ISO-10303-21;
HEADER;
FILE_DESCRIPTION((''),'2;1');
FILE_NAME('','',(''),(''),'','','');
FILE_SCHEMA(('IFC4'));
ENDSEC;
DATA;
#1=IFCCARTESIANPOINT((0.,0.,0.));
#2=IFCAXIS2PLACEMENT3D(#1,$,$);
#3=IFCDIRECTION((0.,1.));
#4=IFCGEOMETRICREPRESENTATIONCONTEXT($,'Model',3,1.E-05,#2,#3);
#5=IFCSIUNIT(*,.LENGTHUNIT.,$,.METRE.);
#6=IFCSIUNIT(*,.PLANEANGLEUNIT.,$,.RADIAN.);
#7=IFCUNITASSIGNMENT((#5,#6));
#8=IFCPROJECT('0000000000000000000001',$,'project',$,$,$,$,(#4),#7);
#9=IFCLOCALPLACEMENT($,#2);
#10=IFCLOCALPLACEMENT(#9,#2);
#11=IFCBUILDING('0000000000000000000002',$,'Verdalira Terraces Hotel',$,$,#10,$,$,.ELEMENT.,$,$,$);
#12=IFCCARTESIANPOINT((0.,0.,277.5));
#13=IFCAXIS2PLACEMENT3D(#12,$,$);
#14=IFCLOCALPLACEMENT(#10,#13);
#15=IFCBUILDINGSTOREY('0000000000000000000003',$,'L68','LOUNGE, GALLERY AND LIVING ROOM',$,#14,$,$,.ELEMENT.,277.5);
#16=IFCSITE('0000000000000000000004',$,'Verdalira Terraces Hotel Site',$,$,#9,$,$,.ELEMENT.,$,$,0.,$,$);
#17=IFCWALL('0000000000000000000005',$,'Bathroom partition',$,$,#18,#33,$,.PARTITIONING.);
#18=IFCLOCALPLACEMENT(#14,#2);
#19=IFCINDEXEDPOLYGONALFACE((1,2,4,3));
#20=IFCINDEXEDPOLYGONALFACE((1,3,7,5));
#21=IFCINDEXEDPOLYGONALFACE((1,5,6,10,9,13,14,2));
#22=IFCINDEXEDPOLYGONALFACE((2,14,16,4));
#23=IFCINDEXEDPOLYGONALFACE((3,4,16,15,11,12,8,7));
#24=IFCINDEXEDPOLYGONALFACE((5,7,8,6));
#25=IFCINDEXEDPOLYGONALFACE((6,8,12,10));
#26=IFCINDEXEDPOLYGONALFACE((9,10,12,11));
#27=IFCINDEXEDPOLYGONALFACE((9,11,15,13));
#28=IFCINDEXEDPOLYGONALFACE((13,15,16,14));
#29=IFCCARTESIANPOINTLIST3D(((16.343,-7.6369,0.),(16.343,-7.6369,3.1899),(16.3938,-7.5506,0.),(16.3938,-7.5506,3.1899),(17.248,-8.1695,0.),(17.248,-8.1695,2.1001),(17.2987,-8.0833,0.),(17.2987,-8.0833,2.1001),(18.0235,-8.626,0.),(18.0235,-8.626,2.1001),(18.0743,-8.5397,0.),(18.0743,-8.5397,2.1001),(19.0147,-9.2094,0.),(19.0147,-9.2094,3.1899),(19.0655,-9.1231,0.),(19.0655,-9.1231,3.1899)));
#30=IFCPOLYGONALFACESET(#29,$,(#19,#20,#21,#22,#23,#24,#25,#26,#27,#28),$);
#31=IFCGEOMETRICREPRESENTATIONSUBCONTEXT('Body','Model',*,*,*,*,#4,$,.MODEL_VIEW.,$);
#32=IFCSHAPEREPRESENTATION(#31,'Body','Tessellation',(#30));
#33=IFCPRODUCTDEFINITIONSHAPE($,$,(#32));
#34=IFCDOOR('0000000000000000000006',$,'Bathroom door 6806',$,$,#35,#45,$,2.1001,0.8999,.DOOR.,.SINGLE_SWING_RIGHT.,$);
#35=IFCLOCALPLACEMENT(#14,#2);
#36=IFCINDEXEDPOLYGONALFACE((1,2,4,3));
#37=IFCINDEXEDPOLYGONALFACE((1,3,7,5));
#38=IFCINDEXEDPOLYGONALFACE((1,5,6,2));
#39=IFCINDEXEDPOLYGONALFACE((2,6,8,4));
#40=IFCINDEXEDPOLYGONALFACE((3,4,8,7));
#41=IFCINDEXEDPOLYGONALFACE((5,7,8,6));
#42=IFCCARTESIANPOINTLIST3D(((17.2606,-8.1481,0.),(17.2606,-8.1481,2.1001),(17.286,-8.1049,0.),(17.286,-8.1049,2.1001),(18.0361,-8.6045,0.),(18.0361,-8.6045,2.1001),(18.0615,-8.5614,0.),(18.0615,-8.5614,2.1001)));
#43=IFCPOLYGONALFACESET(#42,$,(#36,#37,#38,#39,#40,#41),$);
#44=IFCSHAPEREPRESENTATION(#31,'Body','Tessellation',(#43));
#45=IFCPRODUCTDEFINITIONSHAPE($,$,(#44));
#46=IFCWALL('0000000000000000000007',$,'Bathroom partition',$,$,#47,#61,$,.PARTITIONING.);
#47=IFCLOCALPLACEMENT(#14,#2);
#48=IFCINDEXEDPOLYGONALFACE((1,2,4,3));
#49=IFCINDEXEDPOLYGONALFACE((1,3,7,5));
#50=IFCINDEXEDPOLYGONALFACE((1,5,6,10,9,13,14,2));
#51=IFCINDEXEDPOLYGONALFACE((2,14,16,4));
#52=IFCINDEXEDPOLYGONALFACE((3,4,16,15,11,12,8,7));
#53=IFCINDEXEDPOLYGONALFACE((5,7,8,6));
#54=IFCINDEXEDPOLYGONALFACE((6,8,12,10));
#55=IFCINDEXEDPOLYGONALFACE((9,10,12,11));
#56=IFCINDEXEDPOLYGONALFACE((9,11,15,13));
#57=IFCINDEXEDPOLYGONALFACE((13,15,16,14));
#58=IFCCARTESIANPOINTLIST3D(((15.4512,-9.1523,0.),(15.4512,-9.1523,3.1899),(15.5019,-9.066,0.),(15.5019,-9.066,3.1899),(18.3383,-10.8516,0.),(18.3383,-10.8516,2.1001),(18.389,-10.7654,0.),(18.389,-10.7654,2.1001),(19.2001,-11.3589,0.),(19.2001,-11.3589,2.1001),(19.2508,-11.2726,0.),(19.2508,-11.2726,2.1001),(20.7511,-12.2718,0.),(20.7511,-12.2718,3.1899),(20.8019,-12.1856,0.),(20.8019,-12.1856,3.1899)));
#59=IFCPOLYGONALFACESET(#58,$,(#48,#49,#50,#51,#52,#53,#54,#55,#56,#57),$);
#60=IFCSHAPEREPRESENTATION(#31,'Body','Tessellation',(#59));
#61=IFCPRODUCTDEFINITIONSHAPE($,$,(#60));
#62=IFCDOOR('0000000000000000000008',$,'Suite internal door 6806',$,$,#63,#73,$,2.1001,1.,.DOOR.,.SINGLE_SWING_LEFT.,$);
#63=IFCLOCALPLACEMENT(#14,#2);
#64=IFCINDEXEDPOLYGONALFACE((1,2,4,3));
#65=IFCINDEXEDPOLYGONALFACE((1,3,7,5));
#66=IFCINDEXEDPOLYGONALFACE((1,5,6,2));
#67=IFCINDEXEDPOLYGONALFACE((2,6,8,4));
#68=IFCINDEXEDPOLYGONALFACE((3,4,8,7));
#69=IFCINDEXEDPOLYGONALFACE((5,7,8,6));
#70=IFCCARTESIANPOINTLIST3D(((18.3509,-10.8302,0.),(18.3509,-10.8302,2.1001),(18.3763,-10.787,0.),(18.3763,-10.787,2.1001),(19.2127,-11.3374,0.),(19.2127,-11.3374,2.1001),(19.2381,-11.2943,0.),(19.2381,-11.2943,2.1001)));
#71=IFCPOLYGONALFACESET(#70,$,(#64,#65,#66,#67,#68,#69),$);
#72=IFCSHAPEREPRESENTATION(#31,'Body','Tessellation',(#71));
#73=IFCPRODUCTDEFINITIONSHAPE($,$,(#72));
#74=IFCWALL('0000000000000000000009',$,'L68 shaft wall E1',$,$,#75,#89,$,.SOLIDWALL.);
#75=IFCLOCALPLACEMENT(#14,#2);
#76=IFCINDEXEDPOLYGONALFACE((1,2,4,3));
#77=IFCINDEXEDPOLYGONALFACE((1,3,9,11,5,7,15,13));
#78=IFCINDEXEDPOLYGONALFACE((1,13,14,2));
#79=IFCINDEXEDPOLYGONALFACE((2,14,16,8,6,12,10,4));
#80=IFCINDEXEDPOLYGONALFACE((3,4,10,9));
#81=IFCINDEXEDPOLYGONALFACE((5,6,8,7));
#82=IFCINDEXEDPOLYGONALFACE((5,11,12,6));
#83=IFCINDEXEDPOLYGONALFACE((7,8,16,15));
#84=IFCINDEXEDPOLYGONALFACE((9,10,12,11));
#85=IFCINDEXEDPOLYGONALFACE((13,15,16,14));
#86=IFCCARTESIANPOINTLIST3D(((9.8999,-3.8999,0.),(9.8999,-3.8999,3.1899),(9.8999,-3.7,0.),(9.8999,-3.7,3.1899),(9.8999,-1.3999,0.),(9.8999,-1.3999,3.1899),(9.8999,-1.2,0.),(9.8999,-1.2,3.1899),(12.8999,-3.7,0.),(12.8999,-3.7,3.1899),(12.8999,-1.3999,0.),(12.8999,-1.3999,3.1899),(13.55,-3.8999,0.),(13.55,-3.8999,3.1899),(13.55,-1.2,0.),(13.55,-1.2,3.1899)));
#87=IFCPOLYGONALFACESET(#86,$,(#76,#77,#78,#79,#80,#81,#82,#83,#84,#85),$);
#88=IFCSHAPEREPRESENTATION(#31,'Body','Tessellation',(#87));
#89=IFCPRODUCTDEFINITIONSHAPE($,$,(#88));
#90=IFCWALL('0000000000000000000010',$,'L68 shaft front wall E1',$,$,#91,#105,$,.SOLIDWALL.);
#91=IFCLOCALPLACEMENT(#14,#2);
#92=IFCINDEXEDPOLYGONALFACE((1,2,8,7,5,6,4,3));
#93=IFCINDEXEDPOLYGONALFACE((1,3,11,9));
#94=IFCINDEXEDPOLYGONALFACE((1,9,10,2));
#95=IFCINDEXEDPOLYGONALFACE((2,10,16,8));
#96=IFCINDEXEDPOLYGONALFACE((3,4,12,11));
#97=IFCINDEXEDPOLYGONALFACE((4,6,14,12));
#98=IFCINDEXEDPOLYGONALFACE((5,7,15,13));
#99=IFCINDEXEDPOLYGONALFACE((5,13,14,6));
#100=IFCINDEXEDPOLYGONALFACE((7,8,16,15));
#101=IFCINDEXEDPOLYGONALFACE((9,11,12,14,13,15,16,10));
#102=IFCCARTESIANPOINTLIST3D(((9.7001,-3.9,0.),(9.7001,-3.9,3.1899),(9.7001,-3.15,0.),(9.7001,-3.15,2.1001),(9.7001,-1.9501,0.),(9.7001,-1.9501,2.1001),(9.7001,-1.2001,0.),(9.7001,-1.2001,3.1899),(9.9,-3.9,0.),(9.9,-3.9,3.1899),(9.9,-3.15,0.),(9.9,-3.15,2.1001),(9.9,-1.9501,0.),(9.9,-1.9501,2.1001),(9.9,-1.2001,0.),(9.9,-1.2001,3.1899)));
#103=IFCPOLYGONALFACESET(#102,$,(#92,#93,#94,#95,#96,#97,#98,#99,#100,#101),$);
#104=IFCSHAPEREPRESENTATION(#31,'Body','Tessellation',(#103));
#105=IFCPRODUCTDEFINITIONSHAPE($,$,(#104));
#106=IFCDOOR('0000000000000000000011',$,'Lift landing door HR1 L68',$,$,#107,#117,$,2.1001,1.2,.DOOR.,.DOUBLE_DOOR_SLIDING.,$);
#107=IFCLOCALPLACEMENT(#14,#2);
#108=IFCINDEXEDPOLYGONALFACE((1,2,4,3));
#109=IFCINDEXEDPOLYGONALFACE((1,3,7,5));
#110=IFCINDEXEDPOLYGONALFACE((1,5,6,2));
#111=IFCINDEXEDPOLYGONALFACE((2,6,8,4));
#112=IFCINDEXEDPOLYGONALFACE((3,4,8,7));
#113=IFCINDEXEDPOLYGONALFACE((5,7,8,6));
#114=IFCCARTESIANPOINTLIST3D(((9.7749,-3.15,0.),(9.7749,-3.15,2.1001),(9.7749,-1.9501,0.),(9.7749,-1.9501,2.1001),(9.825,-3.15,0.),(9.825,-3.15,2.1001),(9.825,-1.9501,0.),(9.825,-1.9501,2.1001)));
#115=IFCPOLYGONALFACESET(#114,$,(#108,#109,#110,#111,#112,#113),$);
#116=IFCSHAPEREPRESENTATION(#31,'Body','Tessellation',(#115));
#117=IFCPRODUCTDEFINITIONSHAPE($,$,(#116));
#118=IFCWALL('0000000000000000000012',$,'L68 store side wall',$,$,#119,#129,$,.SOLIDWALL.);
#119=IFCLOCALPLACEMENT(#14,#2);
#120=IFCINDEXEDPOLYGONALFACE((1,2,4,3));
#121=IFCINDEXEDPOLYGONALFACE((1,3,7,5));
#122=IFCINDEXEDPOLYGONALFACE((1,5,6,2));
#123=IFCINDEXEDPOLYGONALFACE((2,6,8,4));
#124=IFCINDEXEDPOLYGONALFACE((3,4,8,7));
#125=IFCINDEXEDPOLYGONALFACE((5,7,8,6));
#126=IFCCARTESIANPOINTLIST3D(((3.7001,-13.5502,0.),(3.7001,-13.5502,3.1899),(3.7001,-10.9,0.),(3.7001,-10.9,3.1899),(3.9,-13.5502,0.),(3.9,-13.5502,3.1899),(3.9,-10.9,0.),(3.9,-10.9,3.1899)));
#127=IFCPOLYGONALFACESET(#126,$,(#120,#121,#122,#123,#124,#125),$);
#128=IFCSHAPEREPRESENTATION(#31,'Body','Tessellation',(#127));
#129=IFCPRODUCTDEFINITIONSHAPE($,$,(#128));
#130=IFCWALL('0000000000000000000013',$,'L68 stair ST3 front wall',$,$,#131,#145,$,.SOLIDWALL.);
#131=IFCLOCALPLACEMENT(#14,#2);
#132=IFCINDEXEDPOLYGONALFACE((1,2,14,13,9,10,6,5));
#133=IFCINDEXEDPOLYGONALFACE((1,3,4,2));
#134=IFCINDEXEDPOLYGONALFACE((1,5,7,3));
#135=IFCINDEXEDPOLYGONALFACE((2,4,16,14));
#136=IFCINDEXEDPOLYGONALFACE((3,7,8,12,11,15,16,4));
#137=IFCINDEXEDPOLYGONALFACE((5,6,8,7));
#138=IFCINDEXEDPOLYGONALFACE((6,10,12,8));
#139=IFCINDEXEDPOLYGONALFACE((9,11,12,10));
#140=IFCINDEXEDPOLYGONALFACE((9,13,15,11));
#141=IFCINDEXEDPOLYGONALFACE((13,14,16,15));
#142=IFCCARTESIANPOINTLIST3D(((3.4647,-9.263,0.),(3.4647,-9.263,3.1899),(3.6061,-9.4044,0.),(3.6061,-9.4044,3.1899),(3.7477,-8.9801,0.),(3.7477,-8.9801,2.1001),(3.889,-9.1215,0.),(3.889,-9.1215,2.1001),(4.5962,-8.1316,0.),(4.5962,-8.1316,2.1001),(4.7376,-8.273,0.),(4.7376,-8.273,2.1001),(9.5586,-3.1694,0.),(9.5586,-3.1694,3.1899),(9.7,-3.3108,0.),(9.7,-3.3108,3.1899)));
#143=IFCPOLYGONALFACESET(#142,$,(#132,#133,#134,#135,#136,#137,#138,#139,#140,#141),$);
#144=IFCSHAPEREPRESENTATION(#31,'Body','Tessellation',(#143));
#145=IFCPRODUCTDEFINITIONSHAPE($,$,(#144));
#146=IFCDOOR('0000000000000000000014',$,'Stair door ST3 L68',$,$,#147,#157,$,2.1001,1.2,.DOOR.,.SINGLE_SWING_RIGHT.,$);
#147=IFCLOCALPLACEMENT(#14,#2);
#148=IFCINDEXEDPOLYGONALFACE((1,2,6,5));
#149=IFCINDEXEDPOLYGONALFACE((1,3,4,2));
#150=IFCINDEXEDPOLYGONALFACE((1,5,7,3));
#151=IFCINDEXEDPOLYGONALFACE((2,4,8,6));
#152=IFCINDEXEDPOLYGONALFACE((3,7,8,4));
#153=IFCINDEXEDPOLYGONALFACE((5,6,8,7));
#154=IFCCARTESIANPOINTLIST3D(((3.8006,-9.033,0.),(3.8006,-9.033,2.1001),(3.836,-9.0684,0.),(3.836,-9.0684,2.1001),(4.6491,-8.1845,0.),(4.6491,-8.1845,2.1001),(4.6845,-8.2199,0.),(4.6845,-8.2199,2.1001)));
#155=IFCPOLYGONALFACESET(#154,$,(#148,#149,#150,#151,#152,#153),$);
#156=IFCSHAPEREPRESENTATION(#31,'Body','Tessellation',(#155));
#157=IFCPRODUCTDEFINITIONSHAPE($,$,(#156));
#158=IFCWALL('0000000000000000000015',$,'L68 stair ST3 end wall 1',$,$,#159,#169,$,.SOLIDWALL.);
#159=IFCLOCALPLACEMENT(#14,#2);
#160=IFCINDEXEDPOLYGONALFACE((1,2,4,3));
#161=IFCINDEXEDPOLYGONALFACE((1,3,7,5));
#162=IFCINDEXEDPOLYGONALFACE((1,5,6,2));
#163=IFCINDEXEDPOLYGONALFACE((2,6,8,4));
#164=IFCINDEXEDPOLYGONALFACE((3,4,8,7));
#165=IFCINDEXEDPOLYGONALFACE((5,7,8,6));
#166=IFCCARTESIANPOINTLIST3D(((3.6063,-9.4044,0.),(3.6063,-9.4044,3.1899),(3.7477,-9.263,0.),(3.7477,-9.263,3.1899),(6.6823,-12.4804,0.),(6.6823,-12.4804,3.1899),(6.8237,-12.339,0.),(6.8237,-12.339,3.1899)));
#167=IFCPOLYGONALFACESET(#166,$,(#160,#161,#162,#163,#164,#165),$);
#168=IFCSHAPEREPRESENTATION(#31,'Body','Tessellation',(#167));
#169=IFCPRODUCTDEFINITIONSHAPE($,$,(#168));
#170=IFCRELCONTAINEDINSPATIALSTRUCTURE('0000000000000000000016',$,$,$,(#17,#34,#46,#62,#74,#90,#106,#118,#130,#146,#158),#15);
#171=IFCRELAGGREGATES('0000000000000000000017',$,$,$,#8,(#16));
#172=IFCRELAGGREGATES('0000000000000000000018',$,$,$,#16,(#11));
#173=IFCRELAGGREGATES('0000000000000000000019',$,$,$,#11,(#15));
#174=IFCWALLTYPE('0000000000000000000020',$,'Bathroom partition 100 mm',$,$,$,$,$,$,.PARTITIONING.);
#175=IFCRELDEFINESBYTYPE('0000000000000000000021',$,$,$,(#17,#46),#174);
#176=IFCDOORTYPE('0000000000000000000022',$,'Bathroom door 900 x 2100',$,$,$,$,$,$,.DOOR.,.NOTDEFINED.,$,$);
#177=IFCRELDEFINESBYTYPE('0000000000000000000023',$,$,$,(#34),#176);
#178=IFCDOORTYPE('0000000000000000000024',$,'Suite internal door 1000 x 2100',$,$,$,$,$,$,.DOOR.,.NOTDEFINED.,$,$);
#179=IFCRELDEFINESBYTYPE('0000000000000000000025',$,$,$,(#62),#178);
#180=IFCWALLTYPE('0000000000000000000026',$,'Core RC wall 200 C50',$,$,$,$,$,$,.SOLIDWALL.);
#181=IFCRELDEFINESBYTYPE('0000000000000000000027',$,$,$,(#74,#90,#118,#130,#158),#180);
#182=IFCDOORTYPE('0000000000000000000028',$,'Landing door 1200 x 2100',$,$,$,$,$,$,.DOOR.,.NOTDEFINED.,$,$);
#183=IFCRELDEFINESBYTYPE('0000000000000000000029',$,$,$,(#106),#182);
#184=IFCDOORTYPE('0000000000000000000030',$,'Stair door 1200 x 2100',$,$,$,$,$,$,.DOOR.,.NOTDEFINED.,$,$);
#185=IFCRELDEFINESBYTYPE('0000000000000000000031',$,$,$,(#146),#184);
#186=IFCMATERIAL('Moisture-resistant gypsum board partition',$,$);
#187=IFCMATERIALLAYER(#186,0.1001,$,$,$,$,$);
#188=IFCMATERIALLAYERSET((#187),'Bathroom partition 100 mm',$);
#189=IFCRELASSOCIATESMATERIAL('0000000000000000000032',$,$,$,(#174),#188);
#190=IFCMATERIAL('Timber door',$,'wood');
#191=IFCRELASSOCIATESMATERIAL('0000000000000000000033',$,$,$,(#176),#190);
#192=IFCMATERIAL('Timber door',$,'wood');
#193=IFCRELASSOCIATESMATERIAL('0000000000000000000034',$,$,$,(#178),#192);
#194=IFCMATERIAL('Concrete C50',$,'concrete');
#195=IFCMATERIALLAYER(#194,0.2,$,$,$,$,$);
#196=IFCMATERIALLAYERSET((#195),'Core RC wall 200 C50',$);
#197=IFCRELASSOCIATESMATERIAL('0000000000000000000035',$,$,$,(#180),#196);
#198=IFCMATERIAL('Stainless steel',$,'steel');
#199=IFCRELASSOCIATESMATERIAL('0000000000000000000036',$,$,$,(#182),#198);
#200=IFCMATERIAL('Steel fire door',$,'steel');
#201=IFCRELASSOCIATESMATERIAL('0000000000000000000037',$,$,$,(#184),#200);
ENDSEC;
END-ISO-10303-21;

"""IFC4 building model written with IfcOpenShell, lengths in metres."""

from ifc_helpers import new_model, si_unit, direction, frame, frame_2d, origin, place, context, subcontext, project, spatial, polyline, rectangle, outline, extrude, material, layer, layer_set, type_object, element, fill, save


model = new_model("IFC4")

# Units and contexts
model_context = context("Model", 3, precision=1e-05, world=origin(), true_north=direction((0.0, 1.0)))
body_context = subcontext(model_context, "Body", "Model", "MODEL_VIEW")
ifc_project = project(units=[si_unit("LENGTHUNIT", "METRE"), si_unit("PLANEANGLEUNIT", "RADIAN")], contexts=[model_context])

# Site, building, storey
site_placement = place(None, origin())
site = spatial("IfcSite", under=ifc_project, at=site_placement, Name="Verdalira Terraces Hotel Site", CompositionType="ELEMENT", RefElevation=0.0)
building_placement = place(site_placement, origin())
building = spatial("IfcBuilding", under=site, at=building_placement, Name="Verdalira Terraces Hotel", CompositionType="ELEMENT")
storey_placement = place(building_placement, frame((0.0, 0.0, 277.5)))
storey = spatial("IfcBuildingStorey", under=building, at=storey_placement, Name="L68", Description="LOUNGE, GALLERY AND LIVING ROOM", CompositionType="ELEMENT", Elevation=277.5)

# Walls, openings, doors
ifc_material_1 = material(Name="Moisture-resistant gypsum board partition")
ifc_layer_1 = layer(ifc_material_1, 0.1001)
ifc_layer_set_1 = layer_set([ifc_layer_1], Name="Bathroom partition 100 mm")
wall_type_1 = type_object("IfcWallType", Name="Bathroom partition 100 mm", PredefinedType="PARTITIONING", material=ifc_layer_set_1)
wall_1_placement = place(storey_placement, frame((16.3684, -7.5938, 0.0), z_axis=(0.0, 0.0, 1.0), x_axis=(0.861799, -0.507251, 0.0)))
wall_1 = element("IfcWall", 1, at=wall_1_placement, inside=storey, type_object=wall_type_1, Name="Bathroom partition", PredefinedType="PARTITIONING", context=body_context, shape_type="SweptSolid", body=[
    extrude(rectangle(XDim=3.1001, YDim=0.1001, at=frame_2d((1.55, 0.0))), origin(), (0.0, 0.0, 1.0), 3.1899),
])
opening_1_placement = place(wall_1_placement, frame((1.05, 0.0, 0.0)))
opening_1 = element("IfcOpeningElement", 2, at=opening_1_placement, cuts=wall_1, PredefinedType="OPENING", context=body_context, shape_type="SweptSolid", body=[
    extrude(rectangle(XDim=0.8999, YDim=2.1001, at=frame_2d((0.45, 1.05))), frame((0.0, 0.0601, 0.0), z_axis=(0.0, -1.0, 0.0), x_axis=(1.0, 0.0, 0.0)), (0.0, 0.0, 1.0), 0.1201),
])
ifc_material_2 = material(Name="Timber door", Category="wood")
door_type_1 = type_object("IfcDoorType", Name="Bathroom door 900 x 2100", OperationType="NOTDEFINED", PredefinedType="DOOR", material=ifc_material_2)
door_1_placement = place(opening_1_placement, origin())
door_1 = element("IfcDoor", 3, at=door_1_placement, inside=storey, type_object=door_type_1, Name="Bathroom door 6806", OperationType="SINGLE_SWING_RIGHT", OverallHeight=2.1001, OverallWidth=0.8999, PredefinedType="DOOR", context=body_context, shape_type="SweptSolid", body=[
    extrude(rectangle(XDim=0.8999, YDim=2.1001, at=frame_2d((0.45, 1.05))), frame((0.0, 0.0249, 0.0), z_axis=(0.0, -1.0, 0.0), x_axis=(1.0, 0.0, 0.0)), (0.0, 0.0, 1.0), 0.05),
])
fill(opening_1, door_1)
wall_2_placement = place(storey_placement, frame((15.4766, -9.1091, 0.0), z_axis=(0.0, 0.0, 1.0), x_axis=(0.861795, -0.507256, 0.0)))
wall_2 = element("IfcWall", 4, at=wall_2_placement, inside=storey, type_object=wall_type_1, Name="Bathroom partition", PredefinedType="PARTITIONING", context=body_context, shape_type="SweptSolid", body=[
    extrude(rectangle(XDim=6.1499, YDim=0.1001, at=frame_2d((3.075, 0.0))), origin(), (0.0, 0.0, 1.0), 3.1899),
])
opening_2_placement = place(wall_2_placement, frame((3.3501, 0.0, 0.0)))
opening_2 = element("IfcOpeningElement", 5, at=opening_2_placement, cuts=wall_2, PredefinedType="OPENING", context=body_context, shape_type="SweptSolid", body=[
    extrude(rectangle(XDim=1.0, YDim=2.1001, at=frame_2d((0.5, 1.05))), frame((0.0, 0.0601, 0.0), z_axis=(0.0, -1.0, 0.0), x_axis=(1.0, 0.0, 0.0)), (0.0, 0.0, 1.0), 0.1201),
])
ifc_material_3 = material(Name="Timber door", Category="wood")
door_type_2 = type_object("IfcDoorType", Name="Suite internal door 1000 x 2100", OperationType="NOTDEFINED", PredefinedType="DOOR", material=ifc_material_3)
door_2_placement = place(opening_2_placement, origin())
door_2 = element("IfcDoor", 6, at=door_2_placement, inside=storey, type_object=door_type_2, Name="Suite internal door 6806", OperationType="SINGLE_SWING_LEFT", OverallHeight=2.1001, OverallWidth=1.0, PredefinedType="DOOR", context=body_context, shape_type="SweptSolid", body=[
    extrude(rectangle(XDim=1.0, YDim=2.1001, at=frame_2d((0.5, 1.05))), frame((0.0, 0.0249, 0.0), z_axis=(0.0, -1.0, 0.0), x_axis=(1.0, 0.0, 0.0)), (0.0, 0.0, 1.0), 0.05),
])
fill(opening_2, door_2)

# Wall
ifc_material_4 = material(Name="Concrete C50", Category="concrete")
ifc_layer_2 = layer(ifc_material_4, 0.2)
ifc_layer_set_2 = layer_set([ifc_layer_2], Name="Core RC wall 200 C50")
wall_type_2 = type_object("IfcWallType", Name="Core RC wall 200 C50", PredefinedType="SOLIDWALL", material=ifc_layer_set_2)
wall_3_placement = place(storey_placement, origin())
element("IfcWall", 7, at=wall_3_placement, inside=storey, type_object=wall_type_2, Name="L68 shaft wall E1", PredefinedType="SOLIDWALL", context=body_context, shape_type="SweptSolid", body=[
    extrude(outline(polyline([(13.55, -3.8999), (9.8999, -3.8999), (9.8999, -3.7), (12.8999, -3.7), (12.8999, -1.3999), (9.8999, -1.3999), (9.8999, -1.2), (13.55, -1.2), (13.55, -3.8999)])), origin(), (0.0, 0.0, 1.0), 3.1899),
])

# Wall, opening, door
wall_4_placement = place(storey_placement, frame((9.8, -1.2, 0.0), z_axis=(0.0, 0.0, 1.0), x_axis=(0.0, -1.0, 0.0)))
wall_4 = element("IfcWall", 8, at=wall_4_placement, inside=storey, type_object=wall_type_2, Name="L68 shaft front wall E1", PredefinedType="SOLIDWALL", context=body_context, shape_type="SweptSolid", body=[
    extrude(rectangle(XDim=2.7, YDim=0.2, at=frame_2d((1.3501, 0.0))), origin(), (0.0, 0.0, 1.0), 3.1899),
])
opening_3_placement = place(wall_4_placement, frame((0.75, 0.0, 0.0)))
opening_3 = element("IfcOpeningElement", 9, at=opening_3_placement, cuts=wall_4, PredefinedType="OPENING", context=body_context, shape_type="SweptSolid", body=[
    extrude(rectangle(XDim=1.2, YDim=2.1001, at=frame_2d((0.6001, 1.05))), frame((0.0, 0.1099, 0.0), z_axis=(0.0, -1.0, 0.0), x_axis=(1.0, 0.0, 0.0)), (0.0, 0.0, 1.0), 0.22),
])
ifc_material_5 = material(Name="Stainless steel", Category="steel")
door_type_3 = type_object("IfcDoorType", Name="Landing door 1200 x 2100", OperationType="NOTDEFINED", PredefinedType="DOOR", material=ifc_material_5)
door_3_placement = place(opening_3_placement, origin())
door_3 = element("IfcDoor", 10, at=door_3_placement, inside=storey, type_object=door_type_3, Name="Lift landing door HR1 L68", OperationType="DOUBLE_DOOR_SLIDING", OverallHeight=2.1001, OverallWidth=1.2, PredefinedType="DOOR", context=body_context, shape_type="SweptSolid", body=[
    extrude(rectangle(XDim=1.2, YDim=2.1001, at=frame_2d((0.6001, 1.05))), frame((0.0, 0.0249, 0.0), z_axis=(0.0, -1.0, 0.0), x_axis=(1.0, 0.0, 0.0)), (0.0, 0.0, 1.0), 0.05),
])
fill(opening_3, door_3)

# Wall
wall_5_placement = place(storey_placement, frame((3.8, -10.8999, 0.0), z_axis=(0.0, 0.0, 1.0), x_axis=(0.0, -1.0, 0.0)))
element("IfcWall", 11, at=wall_5_placement, inside=storey, type_object=wall_type_2, Name="L68 store side wall", PredefinedType="SOLIDWALL", context=body_context, shape_type="SweptSolid", body=[
    extrude(rectangle(XDim=2.6501, YDim=0.2, at=frame_2d((1.3252, 0.0))), origin(), (0.0, 0.0, 1.0), 3.1899),
])

# Wall, opening, door
wall_6_placement = place(storey_placement, frame((9.6294, -3.24, 0.0), z_axis=(0.0, 0.0, 1.0), x_axis=(-0.707121, -0.707093, 0.0)))
wall_6 = element("IfcWall", 12, at=wall_6_placement, inside=storey, type_object=wall_type_2, Name="L68 stair ST3 front wall", PredefinedType="SOLIDWALL", context=body_context, shape_type="SweptSolid", body=[
    extrude(rectangle(XDim=8.6179, YDim=0.2, at=frame_2d((4.3091, 0.0))), origin(), (0.0, 0.0, 1.0), 3.1899),
])
opening_4_placement = place(wall_6_placement, frame((7.0178, 0.0, 0.0)))
opening_4 = element("IfcOpeningElement", 13, at=opening_4_placement, cuts=wall_6, PredefinedType="OPENING", context=body_context, shape_type="SweptSolid", body=[
    extrude(rectangle(XDim=1.2, YDim=2.1001, at=frame_2d((0.6001, 1.05))), frame((0.0, 0.1099, 0.0), z_axis=(0.0, -1.0, 0.0), x_axis=(1.0, 0.0, 0.0)), (0.0, 0.0, 1.0), 0.22),
])
ifc_material_6 = material(Name="Steel fire door", Category="steel")
door_type_4 = type_object("IfcDoorType", Name="Stair door 1200 x 2100", OperationType="NOTDEFINED", PredefinedType="DOOR", material=ifc_material_6)
door_4_placement = place(opening_4_placement, origin())
door_4 = element("IfcDoor", 14, at=door_4_placement, inside=storey, type_object=door_type_4, Name="Stair door ST3 L68", OperationType="SINGLE_SWING_RIGHT", OverallHeight=2.1001, OverallWidth=1.2, PredefinedType="DOOR", context=body_context, shape_type="SweptSolid", body=[
    extrude(rectangle(XDim=1.2, YDim=2.1001, at=frame_2d((0.6001, 1.05))), frame((0.0, 0.0249, 0.0), z_axis=(0.0, -1.0, 0.0), x_axis=(1.0, 0.0, 0.0)), (0.0, 0.0, 1.0), 0.05),
])
fill(opening_4, door_4)

# Wall
for number, where, z_axis, x_axis, name in (
    (15, (3.677, -9.3337, 0.0), (0.0, 0.0, 1.0), (0.707107, -0.707107, 0.0), "L68 stair ST3 end wall 1"),
):
    element("IfcWall", number, at=place(storey_placement, frame(where, z_axis=z_axis, x_axis=x_axis)), inside=storey, type_object=wall_type_2, Name=name, PredefinedType="SOLIDWALL", context=body_context, shape_type="SweptSolid", body=[
        extrude(rectangle(XDim=4.3501, YDim=0.2, at=frame_2d((2.175, 0.0))), origin(), (0.0, 0.0, 1.0), 3.1899),
    ])

save(model, "model.ifc")
